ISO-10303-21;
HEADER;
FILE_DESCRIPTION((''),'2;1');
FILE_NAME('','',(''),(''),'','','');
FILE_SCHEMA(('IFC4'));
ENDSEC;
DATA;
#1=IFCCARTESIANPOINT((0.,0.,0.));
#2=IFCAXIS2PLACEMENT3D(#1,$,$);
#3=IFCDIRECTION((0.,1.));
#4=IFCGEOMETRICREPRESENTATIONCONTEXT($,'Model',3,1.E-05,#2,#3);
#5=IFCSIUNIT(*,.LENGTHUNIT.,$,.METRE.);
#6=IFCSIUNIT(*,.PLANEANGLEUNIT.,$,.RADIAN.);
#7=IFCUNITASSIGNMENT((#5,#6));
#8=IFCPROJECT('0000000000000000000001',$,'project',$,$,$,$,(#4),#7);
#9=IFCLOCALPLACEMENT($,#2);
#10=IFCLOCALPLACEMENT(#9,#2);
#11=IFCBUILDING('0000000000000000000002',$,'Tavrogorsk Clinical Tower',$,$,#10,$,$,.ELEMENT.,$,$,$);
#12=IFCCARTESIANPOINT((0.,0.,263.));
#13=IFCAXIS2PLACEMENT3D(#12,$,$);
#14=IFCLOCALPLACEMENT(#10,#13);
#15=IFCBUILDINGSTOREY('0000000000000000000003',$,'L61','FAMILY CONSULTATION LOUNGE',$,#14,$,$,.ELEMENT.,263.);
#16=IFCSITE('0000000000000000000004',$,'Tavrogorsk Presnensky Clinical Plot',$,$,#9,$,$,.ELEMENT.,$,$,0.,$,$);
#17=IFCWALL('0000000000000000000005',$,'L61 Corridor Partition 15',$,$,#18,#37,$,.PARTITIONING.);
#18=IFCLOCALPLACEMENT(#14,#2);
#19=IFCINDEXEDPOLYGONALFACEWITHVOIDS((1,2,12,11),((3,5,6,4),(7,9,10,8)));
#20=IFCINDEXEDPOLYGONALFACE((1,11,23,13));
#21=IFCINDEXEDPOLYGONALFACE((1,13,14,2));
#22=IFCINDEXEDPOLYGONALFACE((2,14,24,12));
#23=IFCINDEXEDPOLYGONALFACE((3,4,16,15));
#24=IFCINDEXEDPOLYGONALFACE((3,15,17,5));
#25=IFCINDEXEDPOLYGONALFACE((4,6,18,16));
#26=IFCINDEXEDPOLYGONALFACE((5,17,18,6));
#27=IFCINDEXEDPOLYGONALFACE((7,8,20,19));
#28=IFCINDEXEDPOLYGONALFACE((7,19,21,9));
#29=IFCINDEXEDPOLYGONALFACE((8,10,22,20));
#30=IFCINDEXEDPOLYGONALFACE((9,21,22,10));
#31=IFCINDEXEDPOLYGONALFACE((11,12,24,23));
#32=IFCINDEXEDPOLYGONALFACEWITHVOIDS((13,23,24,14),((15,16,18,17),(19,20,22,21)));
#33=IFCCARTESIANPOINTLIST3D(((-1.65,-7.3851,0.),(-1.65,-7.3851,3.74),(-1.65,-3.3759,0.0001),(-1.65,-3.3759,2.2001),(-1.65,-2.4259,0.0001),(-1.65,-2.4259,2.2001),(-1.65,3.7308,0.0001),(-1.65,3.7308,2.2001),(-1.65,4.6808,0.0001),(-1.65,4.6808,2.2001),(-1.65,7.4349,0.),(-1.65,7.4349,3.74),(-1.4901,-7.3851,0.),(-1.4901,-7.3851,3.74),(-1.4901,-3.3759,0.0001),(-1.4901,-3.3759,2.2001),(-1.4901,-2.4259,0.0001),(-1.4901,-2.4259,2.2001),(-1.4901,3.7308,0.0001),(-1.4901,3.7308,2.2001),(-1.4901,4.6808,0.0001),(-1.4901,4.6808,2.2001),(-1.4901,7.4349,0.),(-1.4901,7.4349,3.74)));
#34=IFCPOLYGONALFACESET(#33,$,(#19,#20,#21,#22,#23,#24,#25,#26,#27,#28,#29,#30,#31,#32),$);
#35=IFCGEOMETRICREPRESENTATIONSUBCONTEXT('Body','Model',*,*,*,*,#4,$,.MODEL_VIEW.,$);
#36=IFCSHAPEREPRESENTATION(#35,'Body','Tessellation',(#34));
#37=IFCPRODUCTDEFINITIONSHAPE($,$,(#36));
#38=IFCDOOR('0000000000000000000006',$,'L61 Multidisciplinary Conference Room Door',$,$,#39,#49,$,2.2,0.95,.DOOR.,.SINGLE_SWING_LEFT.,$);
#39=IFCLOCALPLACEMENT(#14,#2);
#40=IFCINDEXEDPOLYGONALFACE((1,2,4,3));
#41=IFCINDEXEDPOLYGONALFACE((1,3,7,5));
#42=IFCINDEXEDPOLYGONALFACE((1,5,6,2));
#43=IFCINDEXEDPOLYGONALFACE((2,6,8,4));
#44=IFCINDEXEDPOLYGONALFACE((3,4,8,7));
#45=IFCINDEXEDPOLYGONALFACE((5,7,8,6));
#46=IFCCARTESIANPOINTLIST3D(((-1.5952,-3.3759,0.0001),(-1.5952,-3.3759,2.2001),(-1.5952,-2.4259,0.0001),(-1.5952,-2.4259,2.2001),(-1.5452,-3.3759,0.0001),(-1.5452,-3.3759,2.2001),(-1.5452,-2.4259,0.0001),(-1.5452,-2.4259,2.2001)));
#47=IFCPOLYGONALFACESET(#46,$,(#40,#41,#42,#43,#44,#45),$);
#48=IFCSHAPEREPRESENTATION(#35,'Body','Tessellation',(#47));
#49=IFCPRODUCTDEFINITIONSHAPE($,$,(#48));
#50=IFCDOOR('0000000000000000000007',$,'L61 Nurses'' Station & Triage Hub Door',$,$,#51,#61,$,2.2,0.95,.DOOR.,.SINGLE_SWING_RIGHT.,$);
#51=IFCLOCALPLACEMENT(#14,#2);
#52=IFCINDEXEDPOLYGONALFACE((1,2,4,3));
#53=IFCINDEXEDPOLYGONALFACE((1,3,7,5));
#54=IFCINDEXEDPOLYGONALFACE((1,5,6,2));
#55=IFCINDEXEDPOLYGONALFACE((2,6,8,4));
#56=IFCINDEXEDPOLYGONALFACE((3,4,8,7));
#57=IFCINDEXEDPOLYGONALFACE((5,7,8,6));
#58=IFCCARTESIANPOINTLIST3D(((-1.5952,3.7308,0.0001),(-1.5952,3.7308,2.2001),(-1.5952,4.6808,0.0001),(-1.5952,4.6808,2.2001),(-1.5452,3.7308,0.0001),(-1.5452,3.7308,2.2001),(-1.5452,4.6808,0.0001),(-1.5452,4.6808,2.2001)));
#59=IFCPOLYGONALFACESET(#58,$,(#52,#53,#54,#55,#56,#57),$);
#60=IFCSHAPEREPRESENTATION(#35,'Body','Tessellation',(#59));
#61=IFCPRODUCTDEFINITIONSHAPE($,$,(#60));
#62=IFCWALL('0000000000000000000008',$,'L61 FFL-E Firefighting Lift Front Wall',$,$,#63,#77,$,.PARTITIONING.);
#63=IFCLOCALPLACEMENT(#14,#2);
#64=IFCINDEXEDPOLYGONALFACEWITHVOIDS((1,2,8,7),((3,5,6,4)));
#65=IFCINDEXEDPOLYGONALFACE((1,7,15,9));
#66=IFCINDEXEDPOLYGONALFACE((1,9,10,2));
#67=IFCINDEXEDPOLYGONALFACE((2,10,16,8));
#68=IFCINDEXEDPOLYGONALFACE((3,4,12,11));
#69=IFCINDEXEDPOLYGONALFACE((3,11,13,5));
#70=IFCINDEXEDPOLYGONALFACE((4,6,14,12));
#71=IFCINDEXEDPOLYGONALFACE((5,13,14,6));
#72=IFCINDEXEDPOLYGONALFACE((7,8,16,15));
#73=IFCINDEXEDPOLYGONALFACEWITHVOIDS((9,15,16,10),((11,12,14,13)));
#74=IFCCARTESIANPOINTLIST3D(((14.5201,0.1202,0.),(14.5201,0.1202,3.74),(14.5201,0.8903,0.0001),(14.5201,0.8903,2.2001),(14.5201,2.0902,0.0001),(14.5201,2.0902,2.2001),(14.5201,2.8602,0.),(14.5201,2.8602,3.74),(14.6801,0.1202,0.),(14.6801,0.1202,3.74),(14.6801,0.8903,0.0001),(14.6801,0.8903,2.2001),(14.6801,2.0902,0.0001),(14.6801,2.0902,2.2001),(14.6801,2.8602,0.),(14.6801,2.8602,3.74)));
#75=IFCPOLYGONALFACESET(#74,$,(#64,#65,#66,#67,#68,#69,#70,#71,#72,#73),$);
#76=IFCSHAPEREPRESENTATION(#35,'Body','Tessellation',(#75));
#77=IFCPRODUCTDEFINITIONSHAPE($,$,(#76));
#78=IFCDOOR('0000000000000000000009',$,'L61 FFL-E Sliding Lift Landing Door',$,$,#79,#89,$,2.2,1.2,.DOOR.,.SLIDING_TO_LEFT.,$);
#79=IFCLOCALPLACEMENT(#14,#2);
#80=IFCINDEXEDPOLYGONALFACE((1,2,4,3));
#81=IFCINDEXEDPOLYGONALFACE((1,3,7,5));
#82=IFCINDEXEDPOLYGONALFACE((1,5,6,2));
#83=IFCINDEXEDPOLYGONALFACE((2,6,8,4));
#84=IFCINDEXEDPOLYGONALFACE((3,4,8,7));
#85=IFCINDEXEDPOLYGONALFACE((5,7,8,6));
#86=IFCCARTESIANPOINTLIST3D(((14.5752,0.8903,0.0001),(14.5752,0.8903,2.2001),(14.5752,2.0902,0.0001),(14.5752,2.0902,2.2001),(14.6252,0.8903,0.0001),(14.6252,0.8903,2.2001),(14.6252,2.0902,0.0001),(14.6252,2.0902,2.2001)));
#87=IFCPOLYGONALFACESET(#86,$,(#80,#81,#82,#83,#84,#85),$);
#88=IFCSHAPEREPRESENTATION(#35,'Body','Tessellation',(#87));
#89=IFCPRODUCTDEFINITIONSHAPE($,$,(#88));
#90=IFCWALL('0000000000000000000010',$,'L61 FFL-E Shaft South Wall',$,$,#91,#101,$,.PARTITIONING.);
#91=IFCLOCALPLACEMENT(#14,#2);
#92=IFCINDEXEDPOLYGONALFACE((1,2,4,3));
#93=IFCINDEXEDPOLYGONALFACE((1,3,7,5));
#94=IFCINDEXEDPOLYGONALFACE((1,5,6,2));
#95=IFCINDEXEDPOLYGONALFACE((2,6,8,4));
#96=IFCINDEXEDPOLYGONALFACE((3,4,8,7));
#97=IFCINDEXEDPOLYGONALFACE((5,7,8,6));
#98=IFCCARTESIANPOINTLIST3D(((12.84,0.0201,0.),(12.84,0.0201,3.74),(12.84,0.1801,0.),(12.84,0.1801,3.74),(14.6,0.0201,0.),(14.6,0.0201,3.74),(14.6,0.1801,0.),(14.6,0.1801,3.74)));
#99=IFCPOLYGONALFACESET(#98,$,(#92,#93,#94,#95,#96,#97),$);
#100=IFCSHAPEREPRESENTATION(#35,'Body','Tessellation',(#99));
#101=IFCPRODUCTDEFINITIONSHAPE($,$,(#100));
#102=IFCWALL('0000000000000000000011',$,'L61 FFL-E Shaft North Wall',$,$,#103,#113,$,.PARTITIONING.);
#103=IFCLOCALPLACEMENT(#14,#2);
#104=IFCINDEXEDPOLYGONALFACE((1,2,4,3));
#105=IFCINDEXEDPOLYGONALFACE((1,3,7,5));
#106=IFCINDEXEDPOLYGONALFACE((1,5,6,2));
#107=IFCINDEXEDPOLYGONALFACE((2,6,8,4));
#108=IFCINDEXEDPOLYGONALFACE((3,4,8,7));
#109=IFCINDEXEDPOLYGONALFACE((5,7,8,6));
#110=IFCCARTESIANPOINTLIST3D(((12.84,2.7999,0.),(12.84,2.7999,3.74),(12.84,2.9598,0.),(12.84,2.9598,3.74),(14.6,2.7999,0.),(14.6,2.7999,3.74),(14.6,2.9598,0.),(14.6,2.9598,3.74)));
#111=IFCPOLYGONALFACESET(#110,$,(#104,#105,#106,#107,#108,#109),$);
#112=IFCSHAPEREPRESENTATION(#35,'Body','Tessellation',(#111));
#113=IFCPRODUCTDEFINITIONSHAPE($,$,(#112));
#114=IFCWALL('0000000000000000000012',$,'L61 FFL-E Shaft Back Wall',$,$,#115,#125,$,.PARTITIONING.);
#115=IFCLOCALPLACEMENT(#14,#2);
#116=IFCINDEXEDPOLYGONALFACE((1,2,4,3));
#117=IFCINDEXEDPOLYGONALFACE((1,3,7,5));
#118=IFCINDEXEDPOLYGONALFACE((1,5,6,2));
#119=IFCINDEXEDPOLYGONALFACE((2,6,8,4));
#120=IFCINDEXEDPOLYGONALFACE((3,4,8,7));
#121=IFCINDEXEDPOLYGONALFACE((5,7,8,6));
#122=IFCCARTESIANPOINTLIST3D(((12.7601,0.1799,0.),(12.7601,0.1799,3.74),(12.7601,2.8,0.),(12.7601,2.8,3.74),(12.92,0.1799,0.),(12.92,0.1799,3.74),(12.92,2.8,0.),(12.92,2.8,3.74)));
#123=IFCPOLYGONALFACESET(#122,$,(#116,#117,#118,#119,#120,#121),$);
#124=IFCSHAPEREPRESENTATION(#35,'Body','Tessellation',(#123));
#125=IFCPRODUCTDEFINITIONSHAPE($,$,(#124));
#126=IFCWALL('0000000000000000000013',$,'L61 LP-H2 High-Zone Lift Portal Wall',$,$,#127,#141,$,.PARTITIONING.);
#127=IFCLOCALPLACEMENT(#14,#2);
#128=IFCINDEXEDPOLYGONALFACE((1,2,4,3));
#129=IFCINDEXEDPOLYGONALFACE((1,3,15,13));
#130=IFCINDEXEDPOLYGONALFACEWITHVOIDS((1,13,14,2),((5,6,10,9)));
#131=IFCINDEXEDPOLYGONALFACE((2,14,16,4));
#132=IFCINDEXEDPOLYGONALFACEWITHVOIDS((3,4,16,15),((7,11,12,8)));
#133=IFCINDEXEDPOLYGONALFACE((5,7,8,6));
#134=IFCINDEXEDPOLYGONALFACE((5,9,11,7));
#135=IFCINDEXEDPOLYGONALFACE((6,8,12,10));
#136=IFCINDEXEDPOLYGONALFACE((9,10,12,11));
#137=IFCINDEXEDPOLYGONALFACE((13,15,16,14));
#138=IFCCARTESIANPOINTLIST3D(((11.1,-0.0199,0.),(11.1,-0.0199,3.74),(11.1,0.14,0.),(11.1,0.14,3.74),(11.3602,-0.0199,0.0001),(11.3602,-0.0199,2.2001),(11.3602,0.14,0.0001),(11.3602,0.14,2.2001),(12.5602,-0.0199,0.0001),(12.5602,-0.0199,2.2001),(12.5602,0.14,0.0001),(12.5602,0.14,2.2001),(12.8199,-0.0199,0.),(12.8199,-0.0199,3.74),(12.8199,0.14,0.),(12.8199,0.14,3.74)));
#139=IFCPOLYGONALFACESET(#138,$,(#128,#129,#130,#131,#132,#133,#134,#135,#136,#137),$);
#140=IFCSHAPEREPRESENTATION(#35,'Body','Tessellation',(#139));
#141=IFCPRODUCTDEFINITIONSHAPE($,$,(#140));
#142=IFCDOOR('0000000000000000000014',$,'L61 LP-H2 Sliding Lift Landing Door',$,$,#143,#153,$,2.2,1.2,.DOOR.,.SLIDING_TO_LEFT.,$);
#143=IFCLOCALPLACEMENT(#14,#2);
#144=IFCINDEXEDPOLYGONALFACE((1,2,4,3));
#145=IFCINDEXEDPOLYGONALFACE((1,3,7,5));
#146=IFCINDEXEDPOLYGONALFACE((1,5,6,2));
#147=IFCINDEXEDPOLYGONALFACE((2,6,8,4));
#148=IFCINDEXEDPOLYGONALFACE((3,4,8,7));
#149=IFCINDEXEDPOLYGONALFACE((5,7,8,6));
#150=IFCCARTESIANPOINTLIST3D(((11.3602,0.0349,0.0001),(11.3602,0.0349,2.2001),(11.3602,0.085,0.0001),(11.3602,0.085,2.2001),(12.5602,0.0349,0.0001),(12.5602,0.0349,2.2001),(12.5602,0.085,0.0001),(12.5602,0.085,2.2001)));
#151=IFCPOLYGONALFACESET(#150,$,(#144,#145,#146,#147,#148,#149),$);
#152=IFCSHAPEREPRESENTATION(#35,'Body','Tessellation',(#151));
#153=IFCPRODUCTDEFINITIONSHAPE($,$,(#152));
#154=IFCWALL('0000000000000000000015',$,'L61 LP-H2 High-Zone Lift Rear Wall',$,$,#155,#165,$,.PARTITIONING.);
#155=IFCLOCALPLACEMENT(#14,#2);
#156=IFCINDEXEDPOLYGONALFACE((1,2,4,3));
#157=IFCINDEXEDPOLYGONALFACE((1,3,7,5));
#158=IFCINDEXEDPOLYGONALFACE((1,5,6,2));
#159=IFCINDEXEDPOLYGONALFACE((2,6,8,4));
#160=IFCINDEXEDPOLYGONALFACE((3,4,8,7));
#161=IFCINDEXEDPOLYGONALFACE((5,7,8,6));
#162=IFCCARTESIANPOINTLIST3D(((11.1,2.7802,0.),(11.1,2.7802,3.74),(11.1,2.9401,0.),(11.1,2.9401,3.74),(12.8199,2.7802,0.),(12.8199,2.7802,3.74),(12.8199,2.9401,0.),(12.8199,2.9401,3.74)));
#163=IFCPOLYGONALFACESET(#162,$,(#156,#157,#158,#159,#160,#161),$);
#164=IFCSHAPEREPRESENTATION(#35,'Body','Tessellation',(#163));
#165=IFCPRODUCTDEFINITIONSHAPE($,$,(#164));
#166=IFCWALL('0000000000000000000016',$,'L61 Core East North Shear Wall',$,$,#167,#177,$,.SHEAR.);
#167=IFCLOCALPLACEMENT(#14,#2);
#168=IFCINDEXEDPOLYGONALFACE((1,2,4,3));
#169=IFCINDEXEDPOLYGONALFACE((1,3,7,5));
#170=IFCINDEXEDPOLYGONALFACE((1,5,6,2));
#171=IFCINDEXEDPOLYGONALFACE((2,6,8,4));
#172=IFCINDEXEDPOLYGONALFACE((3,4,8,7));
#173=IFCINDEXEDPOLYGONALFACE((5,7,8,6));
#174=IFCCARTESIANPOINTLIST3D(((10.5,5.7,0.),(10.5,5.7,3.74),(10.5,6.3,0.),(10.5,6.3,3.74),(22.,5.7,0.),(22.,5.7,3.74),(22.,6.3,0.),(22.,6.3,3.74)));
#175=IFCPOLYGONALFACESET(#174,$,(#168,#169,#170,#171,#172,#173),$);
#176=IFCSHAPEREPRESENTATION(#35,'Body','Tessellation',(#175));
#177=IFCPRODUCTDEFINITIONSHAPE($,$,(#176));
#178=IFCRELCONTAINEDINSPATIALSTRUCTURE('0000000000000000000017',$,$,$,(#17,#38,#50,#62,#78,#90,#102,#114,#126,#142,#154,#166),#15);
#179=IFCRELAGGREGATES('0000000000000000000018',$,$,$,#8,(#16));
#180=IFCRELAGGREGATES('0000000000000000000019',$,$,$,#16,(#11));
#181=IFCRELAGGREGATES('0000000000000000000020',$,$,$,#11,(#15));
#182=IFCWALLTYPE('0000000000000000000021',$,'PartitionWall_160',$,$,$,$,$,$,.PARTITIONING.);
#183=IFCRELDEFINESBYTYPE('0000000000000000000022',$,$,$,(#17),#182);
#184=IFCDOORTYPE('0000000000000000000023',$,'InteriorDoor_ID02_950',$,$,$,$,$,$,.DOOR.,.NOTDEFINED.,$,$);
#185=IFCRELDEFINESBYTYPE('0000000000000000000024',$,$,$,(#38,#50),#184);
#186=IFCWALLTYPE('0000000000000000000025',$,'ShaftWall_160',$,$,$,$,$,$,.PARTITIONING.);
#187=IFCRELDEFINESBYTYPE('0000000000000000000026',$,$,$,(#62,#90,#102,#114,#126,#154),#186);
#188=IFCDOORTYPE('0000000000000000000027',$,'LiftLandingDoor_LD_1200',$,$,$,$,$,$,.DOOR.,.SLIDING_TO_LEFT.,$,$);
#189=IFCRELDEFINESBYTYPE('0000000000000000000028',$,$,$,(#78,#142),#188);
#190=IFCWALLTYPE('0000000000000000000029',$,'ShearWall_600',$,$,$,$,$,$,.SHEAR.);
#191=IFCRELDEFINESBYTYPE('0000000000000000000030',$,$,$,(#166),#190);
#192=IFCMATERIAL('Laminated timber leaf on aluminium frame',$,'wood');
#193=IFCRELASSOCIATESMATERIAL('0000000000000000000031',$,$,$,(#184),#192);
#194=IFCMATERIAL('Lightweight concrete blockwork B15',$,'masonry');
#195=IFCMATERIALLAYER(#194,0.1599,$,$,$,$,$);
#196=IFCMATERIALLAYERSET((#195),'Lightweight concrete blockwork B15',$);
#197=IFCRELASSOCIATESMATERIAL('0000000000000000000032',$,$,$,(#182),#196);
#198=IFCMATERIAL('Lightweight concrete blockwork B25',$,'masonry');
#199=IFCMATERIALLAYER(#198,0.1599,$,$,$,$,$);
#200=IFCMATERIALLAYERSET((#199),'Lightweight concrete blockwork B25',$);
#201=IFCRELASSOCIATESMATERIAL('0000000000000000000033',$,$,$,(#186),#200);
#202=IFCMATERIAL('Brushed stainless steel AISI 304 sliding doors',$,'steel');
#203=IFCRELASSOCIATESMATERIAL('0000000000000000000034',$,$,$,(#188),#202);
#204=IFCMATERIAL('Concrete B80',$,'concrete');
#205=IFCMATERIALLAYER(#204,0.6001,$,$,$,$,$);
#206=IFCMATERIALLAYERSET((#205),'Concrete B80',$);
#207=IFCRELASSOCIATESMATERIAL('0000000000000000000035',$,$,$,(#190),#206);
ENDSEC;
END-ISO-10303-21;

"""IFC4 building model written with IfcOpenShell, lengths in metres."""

from ifc_helpers import new_model, si_unit, direction, frame, frame_2d, origin, place, context, subcontext, project, spatial, rectangle, extrude, material, layer, layer_set, type_object, element, fill, save


model = new_model("IFC4")

# Units and contexts
model_context = context("Model", 3, precision=1e-05, world=origin(), true_north=direction((0.0, 1.0)))
body_context = subcontext(model_context, "Body", "Model", "MODEL_VIEW")
ifc_project = project(units=[si_unit("LENGTHUNIT", "METRE"), si_unit("PLANEANGLEUNIT", "RADIAN")], contexts=[model_context])

# Site, building, storey
site_placement = place(None, origin())
site = spatial("IfcSite", under=ifc_project, at=site_placement, Name="Tavrogorsk Presnensky Clinical Plot", CompositionType="ELEMENT", RefElevation=0.0)
building_placement = place(site_placement, origin())
building = spatial("IfcBuilding", under=site, at=building_placement, Name="Tavrogorsk Clinical Tower", CompositionType="ELEMENT")
storey_placement = place(building_placement, frame((0.0, 0.0, 263.0)))
storey = spatial("IfcBuildingStorey", under=building, at=storey_placement, Name="L61", Description="FAMILY CONSULTATION LOUNGE", CompositionType="ELEMENT", Elevation=263.0)

# Shared definitions
ifc_material_1 = material(Name="Laminated timber leaf on aluminium frame", Category="wood")
door_type_1 = type_object("IfcDoorType", Name="InteriorDoor_ID02_950", OperationType="NOTDEFINED", PredefinedType="DOOR", material=ifc_material_1)

# Shared definitions
ifc_material_2 = material(Name="Lightweight concrete blockwork B15", Category="masonry")
ifc_layer_1 = layer(ifc_material_2, 0.1599)
ifc_layer_set_1 = layer_set([ifc_layer_1], Name="Lightweight concrete blockwork B15")
wall_type_1 = type_object("IfcWallType", Name="PartitionWall_160", PredefinedType="PARTITIONING", material=ifc_layer_set_1)

# Wall, openings, doors
wall_1_placement = place(storey_placement, frame((-1.5701, 7.4351, 0.0), z_axis=(0.0, 0.0, 1.0), x_axis=(0.0, -1.0, 0.0)))
wall_1 = element("IfcWall", 1, at=wall_1_placement, inside=storey, type_object=wall_type_1, Name="L61 Corridor Partition 15", PredefinedType="PARTITIONING", context=body_context, shape_type="SweptSolid", body=[
    extrude(rectangle(XDim=14.8201, YDim=0.1599, at=frame_2d((7.4102, 0.0))), origin(), (0.0, 0.0, 1.0), 3.74),
])
opening_1_placement = place(wall_1_placement, frame((9.8608, 0.0, 0.0)))
opening_1 = element("IfcOpeningElement", 2, at=opening_1_placement, cuts=wall_1, PredefinedType="OPENING", context=body_context, shape_type="SweptSolid", body=[
    extrude(rectangle(XDim=0.95, YDim=2.2, at=frame_2d((0.4751, 1.1001))), frame((0.0, 0.0898, 0.0), z_axis=(0.0, -1.0, 0.0), x_axis=(1.0, 0.0, 0.0)), (0.0, 0.0, 1.0), 0.1799),
])
opening_2_placement = place(wall_1_placement, frame((2.7542, 0.0, 0.0)))
opening_2 = element("IfcOpeningElement", 3, at=opening_2_placement, cuts=wall_1, PredefinedType="OPENING", context=body_context, shape_type="SweptSolid", body=[
    extrude(rectangle(XDim=0.95, YDim=2.2, at=frame_2d((0.4751, 1.1001))), frame((0.0, 0.0898, 0.0), z_axis=(0.0, -1.0, 0.0), x_axis=(1.0, 0.0, 0.0)), (0.0, 0.0, 1.0), 0.1799),
])
door_1_placement = place(opening_1_placement, origin())
door_1 = element("IfcDoor", 4, at=door_1_placement, inside=storey, type_object=door_type_1, Name="L61 Multidisciplinary Conference Room Door", OperationType="SINGLE_SWING_LEFT", OverallHeight=2.2, OverallWidth=0.95, PredefinedType="DOOR", context=body_context, shape_type="SweptSolid", body=[
    extrude(rectangle(XDim=0.95, YDim=2.2, at=frame_2d((0.4751, 1.1001))), frame((0.0, 0.0249, 0.0), z_axis=(0.0, -1.0, 0.0), x_axis=(1.0, 0.0, 0.0)), (0.0, 0.0, 1.0), 0.05),
])
fill(opening_1, door_1)
door_2_placement = place(opening_2_placement, origin())
door_2 = element("IfcDoor", 5, at=door_2_placement, inside=storey, type_object=door_type_1, Name="L61 Nurses' Station & Triage Hub Door", OperationType="SINGLE_SWING_RIGHT", OverallHeight=2.2, OverallWidth=0.95, PredefinedType="DOOR", context=body_context, shape_type="SweptSolid", body=[
    extrude(rectangle(XDim=0.95, YDim=2.2, at=frame_2d((0.4751, 1.1001))), frame((0.0, 0.0249, 0.0), z_axis=(0.0, -1.0, 0.0), x_axis=(1.0, 0.0, 0.0)), (0.0, 0.0, 1.0), 0.05),
])
fill(opening_2, door_2)

# Wall, opening, door
ifc_material_3 = material(Name="Lightweight concrete blockwork B25", Category="masonry")
ifc_layer_2 = layer(ifc_material_3, 0.1599)
ifc_layer_set_2 = layer_set([ifc_layer_2], Name="Lightweight concrete blockwork B25")
wall_type_2 = type_object("IfcWallType", Name="ShaftWall_160", PredefinedType="PARTITIONING", material=ifc_layer_set_2)
wall_2_placement = place(storey_placement, frame((14.6001, 0.1201, 0.0), z_axis=(0.0, 0.0, 1.0), x_axis=(0.0, 1.0, 0.0)))
wall_2 = element("IfcWall", 6, at=wall_2_placement, inside=storey, type_object=wall_type_2, Name="L61 FFL-E Firefighting Lift Front Wall", PredefinedType="PARTITIONING", context=body_context, shape_type="SweptSolid", body=[
    extrude(rectangle(XDim=2.74, YDim=0.1599, at=frame_2d((1.3701, 0.0))), origin(), (0.0, 0.0, 1.0), 3.74),
])
opening_3_placement = place(wall_2_placement, frame((0.77, 0.0, 0.0)))
opening_3 = element("IfcOpeningElement", 7, at=opening_3_placement, cuts=wall_2, PredefinedType="OPENING", context=body_context, shape_type="SweptSolid", body=[
    extrude(rectangle(XDim=1.2, YDim=2.2, at=frame_2d((0.6001, 1.1001))), frame((0.0, 0.0898, 0.0), z_axis=(0.0, -1.0, 0.0), x_axis=(1.0, 0.0, 0.0)), (0.0, 0.0, 1.0), 0.1799),
])
ifc_material_4 = material(Name="Brushed stainless steel AISI 304 sliding doors", Category="steel")
door_type_2 = type_object("IfcDoorType", Name="LiftLandingDoor_LD_1200", OperationType="SLIDING_TO_LEFT", PredefinedType="DOOR", material=ifc_material_4)
door_3_placement = place(opening_3_placement, origin())
door_3 = element("IfcDoor", 8, at=door_3_placement, inside=storey, type_object=door_type_2, Name="L61 FFL-E Sliding Lift Landing Door", OperationType="SLIDING_TO_LEFT", OverallHeight=2.2, OverallWidth=1.2, PredefinedType="DOOR", context=body_context, shape_type="SweptSolid", body=[
    extrude(rectangle(XDim=1.2, YDim=2.2, at=frame_2d((0.6001, 1.1001))), frame((0.0, 0.0249, 0.0), z_axis=(0.0, -1.0, 0.0), x_axis=(1.0, 0.0, 0.0)), (0.0, 0.0, 1.0), 0.05),
])
fill(opening_3, door_3)

# Walls
for number, where, z_axis, x_axis, name in (
    (9, (12.8401, 0.1001, 0.0), (0.0, 0.0, 1.0), (1.0, 0.0, 0.0), "L61 FFL-E Shaft South Wall"),
    (10, (12.8401, 2.8799, 0.0), (0.0, 0.0, 1.0), (1.0, 0.0, 0.0), "L61 FFL-E Shaft North Wall"),
):
    element("IfcWall", number, at=place(storey_placement, frame(where, z_axis=z_axis, x_axis=x_axis)), inside=storey, type_object=wall_type_2, Name=name, PredefinedType="PARTITIONING", context=body_context, shape_type="SweptSolid", body=[
        extrude(rectangle(XDim=1.76, YDim=0.1599, at=frame_2d((0.8799, 0.0))), origin(), (0.0, 0.0, 1.0), 3.74),
    ])
wall_3_placement = place(storey_placement, frame((12.8401, 0.1799, 0.0), z_axis=(0.0, 0.0, 1.0), x_axis=(0.0, 1.0, 0.0)))
element("IfcWall", 11, at=wall_3_placement, inside=storey, type_object=wall_type_2, Name="L61 FFL-E Shaft Back Wall", PredefinedType="PARTITIONING", context=body_context, shape_type="SweptSolid", body=[
    extrude(rectangle(XDim=2.6201, YDim=0.1599, at=frame_2d((1.3101, 0.0))), origin(), (0.0, 0.0, 1.0), 3.74),
])

# Wall, opening, door
wall_4_placement = place(storey_placement, frame((11.1001, 0.0601, 0.0), z_axis=(0.0, 0.0, 1.0), x_axis=(1.0, 0.0, 0.0)))
wall_4 = element("IfcWall", 12, at=wall_4_placement, inside=storey, type_object=wall_type_2, Name="L61 LP-H2 High-Zone Lift Portal Wall", PredefinedType="PARTITIONING", context=body_context, shape_type="SweptSolid", body=[
    extrude(rectangle(XDim=1.72, YDim=0.1599, at=frame_2d((0.8599, 0.0))), origin(), (0.0, 0.0, 1.0), 3.74),
])
opening_4_placement = place(wall_4_placement, frame((0.26, 0.0, 0.0)))
opening_4 = element("IfcOpeningElement", 13, at=opening_4_placement, cuts=wall_4, PredefinedType="OPENING", context=body_context, shape_type="SweptSolid", body=[
    extrude(rectangle(XDim=1.2, YDim=2.2, at=frame_2d((0.6001, 1.1001))), frame((0.0, 0.0898, 0.0), z_axis=(0.0, -1.0, 0.0), x_axis=(1.0, 0.0, 0.0)), (0.0, 0.0, 1.0), 0.1799),
])
door_4_placement = place(opening_4_placement, origin())
door_4 = element("IfcDoor", 14, at=door_4_placement, inside=storey, type_object=door_type_2, Name="L61 LP-H2 Sliding Lift Landing Door", OperationType="SLIDING_TO_LEFT", OverallHeight=2.2, OverallWidth=1.2, PredefinedType="DOOR", context=body_context, shape_type="SweptSolid", body=[
    extrude(rectangle(XDim=1.2, YDim=2.2, at=frame_2d((0.6001, 1.1001))), frame((0.0, 0.0249, 0.0), z_axis=(0.0, -1.0, 0.0), x_axis=(1.0, 0.0, 0.0)), (0.0, 0.0, 1.0), 0.05),
])
fill(opening_4, door_4)

# Walls
wall_5_placement = place(storey_placement, frame((11.1001, 2.8601, 0.0), z_axis=(0.0, 0.0, 1.0), x_axis=(1.0, 0.0, 0.0)))
element("IfcWall", 15, at=wall_5_placement, inside=storey, type_object=wall_type_2, Name="L61 LP-H2 High-Zone Lift Rear Wall", PredefinedType="PARTITIONING", context=body_context, shape_type="SweptSolid", body=[
    extrude(rectangle(XDim=1.72, YDim=0.1599, at=frame_2d((0.8599, 0.0))), origin(), (0.0, 0.0, 1.0), 3.74),
])
ifc_material_5 = material(Name="Concrete B80", Category="concrete")
ifc_layer_3 = layer(ifc_material_5, 0.6001)
ifc_layer_set_3 = layer_set([ifc_layer_3], Name="Concrete B80")
wall_type_3 = type_object("IfcWallType", Name="ShearWall_600", PredefinedType="SHEAR", material=ifc_layer_set_3)
wall_6_placement = place(storey_placement, frame((10.5, 6.0, 0.0), z_axis=(0.0, 0.0, 1.0), x_axis=(1.0, 0.0, 0.0)))
element("IfcWall", 16, at=wall_6_placement, inside=storey, type_object=wall_type_3, Name="L61 Core East North Shear Wall", PredefinedType="SHEAR", context=body_context, shape_type="SweptSolid", body=[
    extrude(rectangle(XDim=11.5, YDim=0.6001, at=frame_2d((5.75, 0.0))), origin(), (0.0, 0.0, 1.0), 3.74),
])

save(model, "model.ifc")
